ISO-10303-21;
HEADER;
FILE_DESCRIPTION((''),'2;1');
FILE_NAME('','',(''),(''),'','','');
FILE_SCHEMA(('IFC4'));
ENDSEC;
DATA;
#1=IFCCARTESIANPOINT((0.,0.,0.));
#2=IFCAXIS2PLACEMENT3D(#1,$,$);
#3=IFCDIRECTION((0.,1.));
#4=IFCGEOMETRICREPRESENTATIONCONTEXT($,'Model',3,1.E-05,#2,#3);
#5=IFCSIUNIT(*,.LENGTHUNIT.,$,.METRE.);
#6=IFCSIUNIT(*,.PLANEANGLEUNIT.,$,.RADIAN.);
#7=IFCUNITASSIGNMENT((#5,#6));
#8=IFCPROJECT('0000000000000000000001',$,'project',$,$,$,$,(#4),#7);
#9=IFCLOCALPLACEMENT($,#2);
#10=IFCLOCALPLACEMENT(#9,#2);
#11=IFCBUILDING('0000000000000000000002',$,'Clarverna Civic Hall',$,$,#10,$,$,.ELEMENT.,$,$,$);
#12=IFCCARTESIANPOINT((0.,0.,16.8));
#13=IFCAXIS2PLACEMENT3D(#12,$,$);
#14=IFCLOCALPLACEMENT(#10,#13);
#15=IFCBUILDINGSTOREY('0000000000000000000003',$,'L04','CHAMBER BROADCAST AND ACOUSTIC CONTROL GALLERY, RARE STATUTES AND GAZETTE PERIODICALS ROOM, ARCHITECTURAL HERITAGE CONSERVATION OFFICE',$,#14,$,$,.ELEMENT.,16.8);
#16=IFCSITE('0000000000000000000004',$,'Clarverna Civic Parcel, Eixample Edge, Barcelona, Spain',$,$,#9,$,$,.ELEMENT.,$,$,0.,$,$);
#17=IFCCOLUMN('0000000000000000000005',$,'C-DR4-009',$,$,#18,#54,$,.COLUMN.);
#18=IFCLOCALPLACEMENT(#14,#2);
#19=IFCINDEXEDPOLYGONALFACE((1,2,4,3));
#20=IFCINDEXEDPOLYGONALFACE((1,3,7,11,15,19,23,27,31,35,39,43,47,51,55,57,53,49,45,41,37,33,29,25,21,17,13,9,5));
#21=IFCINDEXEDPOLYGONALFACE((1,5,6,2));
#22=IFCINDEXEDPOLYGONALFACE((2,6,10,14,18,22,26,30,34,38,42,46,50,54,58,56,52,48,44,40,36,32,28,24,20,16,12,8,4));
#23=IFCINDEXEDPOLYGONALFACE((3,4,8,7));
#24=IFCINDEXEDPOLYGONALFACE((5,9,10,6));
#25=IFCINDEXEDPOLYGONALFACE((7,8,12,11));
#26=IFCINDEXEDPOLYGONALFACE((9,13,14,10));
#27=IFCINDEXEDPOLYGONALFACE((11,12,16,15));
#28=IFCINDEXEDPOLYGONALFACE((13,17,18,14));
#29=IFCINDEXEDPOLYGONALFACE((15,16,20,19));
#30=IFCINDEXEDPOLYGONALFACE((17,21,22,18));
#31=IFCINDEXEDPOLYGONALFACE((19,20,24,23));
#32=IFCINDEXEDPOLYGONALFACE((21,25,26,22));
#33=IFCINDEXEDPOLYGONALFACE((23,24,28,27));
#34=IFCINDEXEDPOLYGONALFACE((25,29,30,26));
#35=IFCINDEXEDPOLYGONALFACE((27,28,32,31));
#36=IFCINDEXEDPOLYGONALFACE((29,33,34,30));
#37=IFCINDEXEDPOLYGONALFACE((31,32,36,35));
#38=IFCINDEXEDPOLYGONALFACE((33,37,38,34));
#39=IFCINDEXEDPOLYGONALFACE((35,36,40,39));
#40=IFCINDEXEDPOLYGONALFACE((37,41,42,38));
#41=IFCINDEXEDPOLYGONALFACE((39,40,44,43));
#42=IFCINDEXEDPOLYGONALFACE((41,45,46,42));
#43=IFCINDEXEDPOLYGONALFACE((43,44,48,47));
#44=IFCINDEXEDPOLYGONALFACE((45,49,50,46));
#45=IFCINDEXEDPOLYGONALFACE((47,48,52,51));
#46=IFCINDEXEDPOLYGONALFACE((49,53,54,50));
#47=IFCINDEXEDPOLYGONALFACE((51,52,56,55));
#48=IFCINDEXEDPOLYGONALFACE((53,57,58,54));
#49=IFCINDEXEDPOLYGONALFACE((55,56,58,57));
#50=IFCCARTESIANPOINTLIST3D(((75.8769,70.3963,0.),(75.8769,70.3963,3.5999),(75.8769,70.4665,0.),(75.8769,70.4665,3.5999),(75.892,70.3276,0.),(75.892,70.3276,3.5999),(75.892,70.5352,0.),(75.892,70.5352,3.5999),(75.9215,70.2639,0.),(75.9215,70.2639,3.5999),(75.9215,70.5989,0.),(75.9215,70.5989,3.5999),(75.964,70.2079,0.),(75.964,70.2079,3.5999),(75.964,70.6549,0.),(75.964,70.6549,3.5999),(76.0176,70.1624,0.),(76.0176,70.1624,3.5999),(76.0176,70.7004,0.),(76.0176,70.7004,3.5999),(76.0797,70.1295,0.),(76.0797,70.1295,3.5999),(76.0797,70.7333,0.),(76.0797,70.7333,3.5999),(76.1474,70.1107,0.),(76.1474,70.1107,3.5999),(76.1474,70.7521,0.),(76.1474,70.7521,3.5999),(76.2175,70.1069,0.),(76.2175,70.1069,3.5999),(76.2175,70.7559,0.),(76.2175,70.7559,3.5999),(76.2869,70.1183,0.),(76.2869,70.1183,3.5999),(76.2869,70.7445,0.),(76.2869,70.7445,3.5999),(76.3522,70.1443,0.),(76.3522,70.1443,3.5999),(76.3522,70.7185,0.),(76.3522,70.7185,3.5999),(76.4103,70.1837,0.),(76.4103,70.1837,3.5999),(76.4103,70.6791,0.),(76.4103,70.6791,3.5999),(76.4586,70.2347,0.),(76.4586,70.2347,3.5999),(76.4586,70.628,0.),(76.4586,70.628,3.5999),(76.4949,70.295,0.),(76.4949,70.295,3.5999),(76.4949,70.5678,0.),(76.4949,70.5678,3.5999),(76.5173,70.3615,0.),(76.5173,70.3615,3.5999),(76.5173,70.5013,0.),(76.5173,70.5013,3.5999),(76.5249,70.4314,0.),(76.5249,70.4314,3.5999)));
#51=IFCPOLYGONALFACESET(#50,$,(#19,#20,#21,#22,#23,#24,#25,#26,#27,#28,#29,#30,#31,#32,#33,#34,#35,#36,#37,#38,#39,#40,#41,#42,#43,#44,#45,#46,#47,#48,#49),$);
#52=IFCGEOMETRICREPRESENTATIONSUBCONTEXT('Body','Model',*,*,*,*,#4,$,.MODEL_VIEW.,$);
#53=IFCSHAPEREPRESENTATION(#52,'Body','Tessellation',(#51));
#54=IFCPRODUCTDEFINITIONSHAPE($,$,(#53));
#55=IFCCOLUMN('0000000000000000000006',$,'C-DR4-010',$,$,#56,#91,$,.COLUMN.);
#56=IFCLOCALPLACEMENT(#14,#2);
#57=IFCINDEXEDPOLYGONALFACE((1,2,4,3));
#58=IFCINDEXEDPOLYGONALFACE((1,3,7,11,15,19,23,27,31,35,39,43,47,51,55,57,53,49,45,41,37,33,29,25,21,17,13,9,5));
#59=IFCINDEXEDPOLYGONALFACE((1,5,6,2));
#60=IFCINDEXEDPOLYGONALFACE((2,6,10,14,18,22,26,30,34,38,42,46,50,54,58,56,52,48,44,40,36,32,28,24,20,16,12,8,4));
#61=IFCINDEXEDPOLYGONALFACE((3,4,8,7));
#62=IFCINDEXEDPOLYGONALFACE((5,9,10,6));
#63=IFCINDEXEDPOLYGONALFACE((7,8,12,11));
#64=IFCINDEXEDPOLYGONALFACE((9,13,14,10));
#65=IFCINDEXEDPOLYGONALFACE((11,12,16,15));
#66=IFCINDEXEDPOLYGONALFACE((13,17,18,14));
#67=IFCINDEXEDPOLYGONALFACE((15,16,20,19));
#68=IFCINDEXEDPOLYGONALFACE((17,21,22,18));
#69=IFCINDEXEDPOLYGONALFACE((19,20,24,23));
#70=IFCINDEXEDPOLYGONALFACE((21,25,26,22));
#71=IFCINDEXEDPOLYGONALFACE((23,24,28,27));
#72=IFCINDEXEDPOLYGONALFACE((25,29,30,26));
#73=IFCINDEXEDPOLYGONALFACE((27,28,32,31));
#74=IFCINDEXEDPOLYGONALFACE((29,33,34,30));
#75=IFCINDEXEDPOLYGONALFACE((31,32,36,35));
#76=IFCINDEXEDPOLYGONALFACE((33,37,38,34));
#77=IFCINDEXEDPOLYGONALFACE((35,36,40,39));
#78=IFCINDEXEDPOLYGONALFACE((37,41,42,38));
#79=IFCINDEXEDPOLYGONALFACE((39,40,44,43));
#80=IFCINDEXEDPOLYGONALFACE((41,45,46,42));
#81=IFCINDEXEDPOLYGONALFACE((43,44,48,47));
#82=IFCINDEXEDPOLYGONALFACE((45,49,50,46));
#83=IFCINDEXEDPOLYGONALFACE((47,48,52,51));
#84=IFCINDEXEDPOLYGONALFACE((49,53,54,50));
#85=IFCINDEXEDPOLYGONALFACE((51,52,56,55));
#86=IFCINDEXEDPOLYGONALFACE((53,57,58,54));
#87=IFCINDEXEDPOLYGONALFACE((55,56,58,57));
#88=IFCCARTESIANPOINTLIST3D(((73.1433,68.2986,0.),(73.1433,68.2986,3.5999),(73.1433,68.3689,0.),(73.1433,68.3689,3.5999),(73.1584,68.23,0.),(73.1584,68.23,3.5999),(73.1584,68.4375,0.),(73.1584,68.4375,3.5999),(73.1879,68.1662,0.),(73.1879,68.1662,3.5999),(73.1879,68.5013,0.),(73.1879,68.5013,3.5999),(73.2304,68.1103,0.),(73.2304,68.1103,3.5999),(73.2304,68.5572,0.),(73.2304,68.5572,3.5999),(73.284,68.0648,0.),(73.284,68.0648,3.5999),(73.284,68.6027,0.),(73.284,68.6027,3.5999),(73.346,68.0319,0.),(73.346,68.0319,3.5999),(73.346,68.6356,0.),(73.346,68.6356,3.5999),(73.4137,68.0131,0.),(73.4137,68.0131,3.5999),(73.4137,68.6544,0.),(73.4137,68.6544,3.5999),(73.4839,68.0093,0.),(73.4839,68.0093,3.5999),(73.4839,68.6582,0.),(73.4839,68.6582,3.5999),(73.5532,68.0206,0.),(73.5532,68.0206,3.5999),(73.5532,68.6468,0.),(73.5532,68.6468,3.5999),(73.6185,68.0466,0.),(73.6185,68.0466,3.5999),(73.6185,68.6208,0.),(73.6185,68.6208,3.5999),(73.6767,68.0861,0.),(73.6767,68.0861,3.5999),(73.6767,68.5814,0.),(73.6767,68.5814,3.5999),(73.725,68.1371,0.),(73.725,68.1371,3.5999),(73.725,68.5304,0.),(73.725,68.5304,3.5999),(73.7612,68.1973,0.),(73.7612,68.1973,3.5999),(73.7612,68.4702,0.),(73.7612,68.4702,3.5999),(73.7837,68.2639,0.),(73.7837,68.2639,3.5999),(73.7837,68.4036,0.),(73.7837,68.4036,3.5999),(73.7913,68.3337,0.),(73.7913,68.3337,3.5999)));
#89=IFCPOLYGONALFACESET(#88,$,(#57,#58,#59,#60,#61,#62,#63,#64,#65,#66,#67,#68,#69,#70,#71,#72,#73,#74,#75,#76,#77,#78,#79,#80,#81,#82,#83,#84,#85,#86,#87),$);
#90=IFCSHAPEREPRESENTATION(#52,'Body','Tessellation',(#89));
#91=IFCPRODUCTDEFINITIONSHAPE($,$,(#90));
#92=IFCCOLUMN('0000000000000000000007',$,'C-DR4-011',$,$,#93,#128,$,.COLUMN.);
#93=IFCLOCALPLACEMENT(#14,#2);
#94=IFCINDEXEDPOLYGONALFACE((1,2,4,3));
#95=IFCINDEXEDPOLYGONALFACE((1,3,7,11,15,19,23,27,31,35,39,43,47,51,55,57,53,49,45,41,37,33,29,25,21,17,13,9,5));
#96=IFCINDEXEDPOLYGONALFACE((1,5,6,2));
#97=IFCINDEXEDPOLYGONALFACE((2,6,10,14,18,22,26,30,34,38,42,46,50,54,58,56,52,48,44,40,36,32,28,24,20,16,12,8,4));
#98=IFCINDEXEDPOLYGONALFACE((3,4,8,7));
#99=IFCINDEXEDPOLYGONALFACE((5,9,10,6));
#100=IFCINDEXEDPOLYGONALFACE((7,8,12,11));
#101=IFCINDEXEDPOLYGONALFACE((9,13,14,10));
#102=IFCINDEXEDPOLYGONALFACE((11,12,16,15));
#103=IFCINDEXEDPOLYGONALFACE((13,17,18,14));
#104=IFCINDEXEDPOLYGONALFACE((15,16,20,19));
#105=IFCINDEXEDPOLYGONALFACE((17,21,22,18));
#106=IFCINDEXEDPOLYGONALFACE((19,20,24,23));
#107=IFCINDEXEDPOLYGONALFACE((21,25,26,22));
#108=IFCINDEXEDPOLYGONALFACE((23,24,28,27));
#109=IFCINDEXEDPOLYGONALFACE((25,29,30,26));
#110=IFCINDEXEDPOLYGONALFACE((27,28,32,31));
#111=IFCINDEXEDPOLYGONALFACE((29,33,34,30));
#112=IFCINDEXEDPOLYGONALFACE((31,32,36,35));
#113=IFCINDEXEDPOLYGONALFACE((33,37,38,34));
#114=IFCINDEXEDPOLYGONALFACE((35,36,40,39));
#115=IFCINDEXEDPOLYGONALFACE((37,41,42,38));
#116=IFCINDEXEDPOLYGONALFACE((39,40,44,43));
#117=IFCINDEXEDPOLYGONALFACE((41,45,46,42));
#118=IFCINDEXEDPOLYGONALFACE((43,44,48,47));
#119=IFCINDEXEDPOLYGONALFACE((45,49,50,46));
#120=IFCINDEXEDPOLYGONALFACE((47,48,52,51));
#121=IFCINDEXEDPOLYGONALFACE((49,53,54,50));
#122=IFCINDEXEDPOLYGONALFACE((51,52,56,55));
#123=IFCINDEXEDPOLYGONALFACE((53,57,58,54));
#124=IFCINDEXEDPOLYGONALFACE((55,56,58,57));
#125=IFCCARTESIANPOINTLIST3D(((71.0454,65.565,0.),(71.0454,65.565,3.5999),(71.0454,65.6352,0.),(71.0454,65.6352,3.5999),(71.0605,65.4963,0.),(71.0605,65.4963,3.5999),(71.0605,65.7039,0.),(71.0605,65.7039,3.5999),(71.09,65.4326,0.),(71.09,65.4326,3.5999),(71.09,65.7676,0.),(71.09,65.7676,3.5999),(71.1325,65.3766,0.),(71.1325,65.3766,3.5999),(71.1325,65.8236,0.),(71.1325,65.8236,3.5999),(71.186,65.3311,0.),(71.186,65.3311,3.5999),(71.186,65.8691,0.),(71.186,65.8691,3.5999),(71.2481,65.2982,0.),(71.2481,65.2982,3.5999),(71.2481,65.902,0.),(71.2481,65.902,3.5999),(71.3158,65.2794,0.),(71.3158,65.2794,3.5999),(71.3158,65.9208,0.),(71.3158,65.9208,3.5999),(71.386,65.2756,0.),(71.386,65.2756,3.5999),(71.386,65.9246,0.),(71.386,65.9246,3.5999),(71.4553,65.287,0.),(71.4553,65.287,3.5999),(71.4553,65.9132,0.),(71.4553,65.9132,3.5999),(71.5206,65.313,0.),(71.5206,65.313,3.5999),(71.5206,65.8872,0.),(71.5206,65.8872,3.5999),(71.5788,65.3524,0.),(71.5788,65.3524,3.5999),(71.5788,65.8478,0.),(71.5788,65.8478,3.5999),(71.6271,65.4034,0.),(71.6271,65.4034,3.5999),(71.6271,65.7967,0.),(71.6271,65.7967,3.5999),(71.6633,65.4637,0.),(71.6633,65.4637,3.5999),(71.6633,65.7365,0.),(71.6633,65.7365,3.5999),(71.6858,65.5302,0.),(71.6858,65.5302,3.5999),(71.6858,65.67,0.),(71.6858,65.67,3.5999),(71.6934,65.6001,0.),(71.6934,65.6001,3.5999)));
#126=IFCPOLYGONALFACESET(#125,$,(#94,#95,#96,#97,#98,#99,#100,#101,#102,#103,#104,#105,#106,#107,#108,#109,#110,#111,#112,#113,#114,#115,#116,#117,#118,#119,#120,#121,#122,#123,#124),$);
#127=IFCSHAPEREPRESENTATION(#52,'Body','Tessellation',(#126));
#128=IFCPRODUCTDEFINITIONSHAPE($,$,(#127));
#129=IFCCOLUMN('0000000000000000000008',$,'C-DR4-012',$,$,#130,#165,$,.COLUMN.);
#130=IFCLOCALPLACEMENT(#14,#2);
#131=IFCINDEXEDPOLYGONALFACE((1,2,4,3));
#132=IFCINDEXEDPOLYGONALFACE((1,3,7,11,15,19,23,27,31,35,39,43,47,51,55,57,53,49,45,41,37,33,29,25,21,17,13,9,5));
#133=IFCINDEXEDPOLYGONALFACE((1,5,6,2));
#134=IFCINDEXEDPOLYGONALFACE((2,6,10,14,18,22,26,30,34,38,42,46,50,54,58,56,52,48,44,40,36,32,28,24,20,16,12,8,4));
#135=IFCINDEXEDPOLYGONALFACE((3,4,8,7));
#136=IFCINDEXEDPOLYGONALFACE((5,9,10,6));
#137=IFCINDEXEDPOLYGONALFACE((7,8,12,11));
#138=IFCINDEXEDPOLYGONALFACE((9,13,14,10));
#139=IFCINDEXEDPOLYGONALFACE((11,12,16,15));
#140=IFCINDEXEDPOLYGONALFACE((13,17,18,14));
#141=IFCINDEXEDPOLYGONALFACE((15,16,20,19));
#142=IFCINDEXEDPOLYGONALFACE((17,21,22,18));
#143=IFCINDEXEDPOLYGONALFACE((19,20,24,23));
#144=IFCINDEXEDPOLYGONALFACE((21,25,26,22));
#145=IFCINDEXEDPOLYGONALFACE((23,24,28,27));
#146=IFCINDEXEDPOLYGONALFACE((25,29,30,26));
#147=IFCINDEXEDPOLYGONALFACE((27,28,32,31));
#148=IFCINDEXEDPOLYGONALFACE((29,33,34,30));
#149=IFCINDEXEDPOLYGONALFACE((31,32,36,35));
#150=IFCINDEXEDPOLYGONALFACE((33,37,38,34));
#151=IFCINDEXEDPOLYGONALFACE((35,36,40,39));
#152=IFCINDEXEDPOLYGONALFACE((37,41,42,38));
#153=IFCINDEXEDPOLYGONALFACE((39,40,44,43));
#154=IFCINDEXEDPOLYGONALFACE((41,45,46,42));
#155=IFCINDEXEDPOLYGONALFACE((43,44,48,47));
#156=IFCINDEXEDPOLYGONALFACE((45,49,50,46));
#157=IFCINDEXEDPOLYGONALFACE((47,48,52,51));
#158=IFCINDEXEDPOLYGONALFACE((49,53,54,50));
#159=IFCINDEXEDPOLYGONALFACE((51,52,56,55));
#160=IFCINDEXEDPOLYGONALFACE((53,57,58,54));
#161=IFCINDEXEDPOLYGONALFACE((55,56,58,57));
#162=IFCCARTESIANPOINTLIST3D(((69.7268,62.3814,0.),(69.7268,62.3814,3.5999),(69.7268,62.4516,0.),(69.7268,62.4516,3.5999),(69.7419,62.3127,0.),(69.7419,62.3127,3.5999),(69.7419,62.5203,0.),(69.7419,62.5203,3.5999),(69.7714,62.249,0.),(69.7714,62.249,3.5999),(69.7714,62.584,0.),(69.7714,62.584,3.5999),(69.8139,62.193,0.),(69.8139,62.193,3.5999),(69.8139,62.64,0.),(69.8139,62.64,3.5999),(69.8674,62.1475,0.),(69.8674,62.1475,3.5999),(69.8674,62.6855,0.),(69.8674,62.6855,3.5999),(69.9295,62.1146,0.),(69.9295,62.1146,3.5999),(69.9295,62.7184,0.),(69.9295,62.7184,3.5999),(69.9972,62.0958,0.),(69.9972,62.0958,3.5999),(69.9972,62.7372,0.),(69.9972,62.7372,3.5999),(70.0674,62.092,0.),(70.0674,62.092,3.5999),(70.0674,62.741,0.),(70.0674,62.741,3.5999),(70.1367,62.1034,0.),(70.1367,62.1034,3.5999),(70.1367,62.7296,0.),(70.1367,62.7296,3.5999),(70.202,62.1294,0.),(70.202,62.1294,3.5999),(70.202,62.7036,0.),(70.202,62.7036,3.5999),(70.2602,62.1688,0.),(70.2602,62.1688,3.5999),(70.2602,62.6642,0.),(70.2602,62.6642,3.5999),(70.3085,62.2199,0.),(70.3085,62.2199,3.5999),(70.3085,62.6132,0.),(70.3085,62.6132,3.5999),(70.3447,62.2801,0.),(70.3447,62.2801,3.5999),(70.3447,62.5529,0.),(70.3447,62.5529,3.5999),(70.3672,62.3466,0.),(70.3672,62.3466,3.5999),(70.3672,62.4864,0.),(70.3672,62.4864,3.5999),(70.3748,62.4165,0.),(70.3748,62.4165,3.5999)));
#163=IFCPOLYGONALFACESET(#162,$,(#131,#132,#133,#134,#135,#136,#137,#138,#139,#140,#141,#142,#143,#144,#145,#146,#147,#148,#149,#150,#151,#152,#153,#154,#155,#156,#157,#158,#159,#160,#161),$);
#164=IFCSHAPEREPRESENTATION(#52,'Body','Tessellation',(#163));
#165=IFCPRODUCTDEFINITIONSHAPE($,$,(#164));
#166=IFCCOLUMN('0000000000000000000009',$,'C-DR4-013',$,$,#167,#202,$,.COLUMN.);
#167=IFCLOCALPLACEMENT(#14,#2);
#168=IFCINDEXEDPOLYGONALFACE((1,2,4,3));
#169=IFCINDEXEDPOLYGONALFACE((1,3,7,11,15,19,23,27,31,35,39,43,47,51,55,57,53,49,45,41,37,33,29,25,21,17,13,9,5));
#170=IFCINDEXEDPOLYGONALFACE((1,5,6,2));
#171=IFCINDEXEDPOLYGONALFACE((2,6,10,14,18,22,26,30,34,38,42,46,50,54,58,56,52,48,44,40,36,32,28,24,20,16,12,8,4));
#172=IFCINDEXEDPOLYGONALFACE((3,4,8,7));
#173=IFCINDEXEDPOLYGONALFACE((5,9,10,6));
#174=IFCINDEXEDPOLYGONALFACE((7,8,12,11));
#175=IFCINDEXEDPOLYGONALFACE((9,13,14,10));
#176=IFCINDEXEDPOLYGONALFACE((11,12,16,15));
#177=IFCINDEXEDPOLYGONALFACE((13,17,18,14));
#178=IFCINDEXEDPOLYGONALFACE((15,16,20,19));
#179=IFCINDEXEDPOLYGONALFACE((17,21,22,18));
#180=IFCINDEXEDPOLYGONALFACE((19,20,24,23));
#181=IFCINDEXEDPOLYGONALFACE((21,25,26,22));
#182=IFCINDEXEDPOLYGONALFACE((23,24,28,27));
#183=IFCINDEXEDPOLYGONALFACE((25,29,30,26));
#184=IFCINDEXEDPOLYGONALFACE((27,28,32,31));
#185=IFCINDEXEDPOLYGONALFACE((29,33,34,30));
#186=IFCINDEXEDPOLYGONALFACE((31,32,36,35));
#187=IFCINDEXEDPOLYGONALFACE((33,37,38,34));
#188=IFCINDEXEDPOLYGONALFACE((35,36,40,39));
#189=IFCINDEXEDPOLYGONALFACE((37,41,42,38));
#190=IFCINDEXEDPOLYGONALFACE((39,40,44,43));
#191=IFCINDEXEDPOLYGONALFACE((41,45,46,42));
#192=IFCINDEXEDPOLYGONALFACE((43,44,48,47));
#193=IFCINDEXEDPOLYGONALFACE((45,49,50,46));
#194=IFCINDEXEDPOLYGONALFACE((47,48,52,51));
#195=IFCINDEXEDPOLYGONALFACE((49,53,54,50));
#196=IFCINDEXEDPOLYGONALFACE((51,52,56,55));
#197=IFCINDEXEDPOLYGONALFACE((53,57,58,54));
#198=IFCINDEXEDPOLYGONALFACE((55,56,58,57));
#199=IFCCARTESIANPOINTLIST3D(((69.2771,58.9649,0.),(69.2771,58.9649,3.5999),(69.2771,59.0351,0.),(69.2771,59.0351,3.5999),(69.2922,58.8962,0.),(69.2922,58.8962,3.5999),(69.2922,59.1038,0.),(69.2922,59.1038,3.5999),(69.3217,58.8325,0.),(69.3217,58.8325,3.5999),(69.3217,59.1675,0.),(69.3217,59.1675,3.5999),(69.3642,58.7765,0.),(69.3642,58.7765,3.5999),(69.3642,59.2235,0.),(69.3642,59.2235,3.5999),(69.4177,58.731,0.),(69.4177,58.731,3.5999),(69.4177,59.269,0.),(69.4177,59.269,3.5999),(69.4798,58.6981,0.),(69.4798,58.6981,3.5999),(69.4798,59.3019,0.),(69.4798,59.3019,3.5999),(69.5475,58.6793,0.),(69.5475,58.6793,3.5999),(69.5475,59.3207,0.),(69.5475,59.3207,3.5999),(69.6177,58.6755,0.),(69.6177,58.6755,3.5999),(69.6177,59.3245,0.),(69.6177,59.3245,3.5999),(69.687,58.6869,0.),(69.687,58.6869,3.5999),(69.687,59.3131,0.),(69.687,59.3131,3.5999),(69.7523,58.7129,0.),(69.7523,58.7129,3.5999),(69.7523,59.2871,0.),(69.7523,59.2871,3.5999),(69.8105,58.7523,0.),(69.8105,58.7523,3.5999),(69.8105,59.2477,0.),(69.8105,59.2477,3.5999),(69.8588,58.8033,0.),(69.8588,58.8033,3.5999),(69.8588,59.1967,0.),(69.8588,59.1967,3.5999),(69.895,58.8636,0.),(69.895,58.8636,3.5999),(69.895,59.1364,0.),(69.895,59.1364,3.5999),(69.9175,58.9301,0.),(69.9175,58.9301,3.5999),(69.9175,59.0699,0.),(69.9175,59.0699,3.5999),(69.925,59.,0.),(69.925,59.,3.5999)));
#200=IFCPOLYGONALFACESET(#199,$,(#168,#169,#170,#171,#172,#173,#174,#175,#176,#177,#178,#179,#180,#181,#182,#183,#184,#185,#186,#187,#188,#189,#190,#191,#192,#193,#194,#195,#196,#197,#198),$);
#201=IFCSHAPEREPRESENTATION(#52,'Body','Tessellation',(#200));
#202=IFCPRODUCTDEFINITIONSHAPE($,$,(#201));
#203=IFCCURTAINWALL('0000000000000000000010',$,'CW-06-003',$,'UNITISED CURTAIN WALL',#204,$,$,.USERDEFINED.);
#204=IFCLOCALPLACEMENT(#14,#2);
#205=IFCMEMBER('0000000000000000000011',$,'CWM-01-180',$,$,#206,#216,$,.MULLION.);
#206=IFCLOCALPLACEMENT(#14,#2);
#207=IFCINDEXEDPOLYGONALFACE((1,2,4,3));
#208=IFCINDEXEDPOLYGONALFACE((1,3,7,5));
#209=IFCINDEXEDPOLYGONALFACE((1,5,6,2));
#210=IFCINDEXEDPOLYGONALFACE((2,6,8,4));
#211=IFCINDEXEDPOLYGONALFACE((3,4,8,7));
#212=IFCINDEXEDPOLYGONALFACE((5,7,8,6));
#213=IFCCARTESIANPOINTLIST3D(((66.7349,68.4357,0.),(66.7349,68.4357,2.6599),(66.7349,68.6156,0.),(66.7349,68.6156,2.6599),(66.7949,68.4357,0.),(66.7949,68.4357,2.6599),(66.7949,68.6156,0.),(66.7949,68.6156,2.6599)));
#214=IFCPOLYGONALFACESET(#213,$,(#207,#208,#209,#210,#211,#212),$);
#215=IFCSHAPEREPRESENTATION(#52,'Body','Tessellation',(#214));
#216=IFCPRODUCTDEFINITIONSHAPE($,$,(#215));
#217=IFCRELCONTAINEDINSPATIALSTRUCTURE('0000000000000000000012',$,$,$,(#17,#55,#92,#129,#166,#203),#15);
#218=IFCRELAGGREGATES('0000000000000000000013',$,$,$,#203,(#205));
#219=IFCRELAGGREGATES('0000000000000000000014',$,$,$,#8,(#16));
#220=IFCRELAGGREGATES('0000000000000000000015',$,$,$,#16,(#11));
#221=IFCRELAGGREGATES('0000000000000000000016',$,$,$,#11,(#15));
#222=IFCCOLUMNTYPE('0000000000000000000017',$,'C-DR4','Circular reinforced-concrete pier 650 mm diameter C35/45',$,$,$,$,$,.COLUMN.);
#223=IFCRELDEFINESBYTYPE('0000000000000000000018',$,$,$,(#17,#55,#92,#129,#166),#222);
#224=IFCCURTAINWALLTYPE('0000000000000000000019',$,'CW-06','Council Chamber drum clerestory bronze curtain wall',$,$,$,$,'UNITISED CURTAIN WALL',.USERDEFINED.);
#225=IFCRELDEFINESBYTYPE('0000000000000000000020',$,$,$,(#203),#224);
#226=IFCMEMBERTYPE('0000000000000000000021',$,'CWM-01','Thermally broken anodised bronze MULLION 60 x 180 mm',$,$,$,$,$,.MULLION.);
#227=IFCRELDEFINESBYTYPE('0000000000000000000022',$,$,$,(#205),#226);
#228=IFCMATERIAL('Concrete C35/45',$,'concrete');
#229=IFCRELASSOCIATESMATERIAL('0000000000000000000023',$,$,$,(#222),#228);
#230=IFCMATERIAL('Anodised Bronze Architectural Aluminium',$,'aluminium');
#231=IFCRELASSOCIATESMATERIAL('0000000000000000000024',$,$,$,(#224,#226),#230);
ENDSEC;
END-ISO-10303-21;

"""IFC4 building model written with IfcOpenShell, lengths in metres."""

from ifc_helpers import new_model, si_unit, direction, frame, origin, origin_2d, place, context, subcontext, project, spatial, rectangle, circle, extrude, material, material_profile, profile_set, type_object, element, aggregate, save


model = new_model("IFC4")

# Units and contexts
model_context = context("Model", 3, precision=1e-05, world=origin(), true_north=direction((0.0, 1.0)))
body_context = subcontext(model_context, "Body", "Model", "MODEL_VIEW")
ifc_project = project(units=[si_unit("LENGTHUNIT", "METRE"), si_unit("PLANEANGLEUNIT", "RADIAN")], contexts=[model_context])

# Site, building, storey
site_placement = place(None, origin())
site = spatial("IfcSite", under=ifc_project, at=site_placement, Name="Clarverna Civic Parcel, Eixample Edge, Barcelona, Spain", CompositionType="ELEMENT", RefElevation=0.0)
building_placement = place(site_placement, origin())
building = spatial("IfcBuilding", under=site, at=building_placement, Name="Clarverna Civic Hall", CompositionType="ELEMENT")
storey_placement = place(building_placement, frame((0.0, 0.0, 16.8)))
storey = spatial("IfcBuildingStorey", under=building, at=storey_placement, Name="L04", Description="CHAMBER BROADCAST AND ACOUSTIC CONTROL GALLERY, RARE STATUTES AND GAZETTE PERIODICALS ROOM, ARCHITECTURAL HERITAGE CONSERVATION OFFICE", CompositionType="ELEMENT", Elevation=16.8)

# Columns
ifc_material_1 = material(Name="Concrete C35/45", Category="concrete")
ifc_material_profile_1 = material_profile(ifc_material_1, circle(Radius=0.325, at=origin_2d()), Name="RC D650")
ifc_profile_set_1 = profile_set([ifc_material_profile_1], Name="Concrete C35/45")
column_type = type_object("IfcColumnType", Name="C-DR4", Description="Circular reinforced-concrete pier 650 mm diameter C35/45", PredefinedType="COLUMN", material=ifc_profile_set_1)
for number, where, z_axis, x_axis, name in (
    (1, (76.2, 70.4314, 0.0), (0.0, 0.0, 1.0), (1.0, 0.0, 0.0), "C-DR4-009"),
    (2, (73.4663, 68.3337, 0.0), (0.0, 0.0, 1.0), (1.0, 0.0, 0.0), "C-DR4-010"),
    (3, (71.3684, 65.6001, 0.0), (0.0, 0.0, 1.0), (1.0, 0.0, 0.0), "C-DR4-011"),
    (4, (70.0498, 62.4165, 0.0), (0.0, 0.0, 1.0), (1.0, 0.0, 0.0), "C-DR4-012"),
    (5, (69.6001, 59.0, 0.0), (0.0, 0.0, 1.0), (1.0, 0.0, 0.0), "C-DR4-013"),
):
    element("IfcColumn", number, at=place(storey_placement, frame(where, z_axis=z_axis, x_axis=x_axis)), inside=storey, type_object=column_type, Name=name, PredefinedType="COLUMN", context=body_context, shape_type="SweptSolid", body=[
        extrude(circle(Radius=0.325, at=origin_2d()), origin(), (0.0, 0.0, 1.0), 3.5999),
    ])

# Curtain wall, member
ifc_material_2 = material(Name="Anodised Bronze Architectural Aluminium", Category="aluminium")
curtain_wall_type = type_object("IfcCurtainWallType", Name="CW-06", Description="Council Chamber drum clerestory bronze curtain wall", ElementType="UNITISED CURTAIN WALL", PredefinedType="USERDEFINED", material=ifc_material_2)
curtain_wall_placement = place(storey_placement, origin())
curtain_wall = element("IfcCurtainWall", 6, at=curtain_wall_placement, inside=storey, type_object=curtain_wall_type, Name="CW-06-003", ObjectType="UNITISED CURTAIN WALL", PredefinedType="USERDEFINED")
ifc_material_profile_2 = material_profile(ifc_material_2, rectangle(XDim=0.0601, YDim=0.1799, at=origin_2d()), Name="BRONZE 60x180")
ifc_profile_set_2 = profile_set([ifc_material_profile_2], Name="Anodised Bronze Architectural Aluminium")
member_type_1 = type_object("IfcMemberType", Name="CWM-01", Description="Thermally broken anodised bronze MULLION 60 x 180 mm", PredefinedType="MULLION", material=ifc_profile_set_2)
member_1_placement = place(storey_placement, frame((66.7649, 68.5256, 0.0), z_axis=(0.0, 0.0, 1.0), x_axis=(1.0, 0.0, 0.0)))
member_1 = element("IfcMember", 7, at=member_1_placement, type_object=member_type_1, Name="CWM-01-180", PredefinedType="MULLION", context=body_context, shape_type="SweptSolid", body=[
    extrude(rectangle(XDim=0.0601, YDim=0.1799, at=origin_2d()), origin(), (0.0, 0.0, 1.0), 2.6599),
])
aggregate(curtain_wall, [member_1])

save(model, "model.ifc")
